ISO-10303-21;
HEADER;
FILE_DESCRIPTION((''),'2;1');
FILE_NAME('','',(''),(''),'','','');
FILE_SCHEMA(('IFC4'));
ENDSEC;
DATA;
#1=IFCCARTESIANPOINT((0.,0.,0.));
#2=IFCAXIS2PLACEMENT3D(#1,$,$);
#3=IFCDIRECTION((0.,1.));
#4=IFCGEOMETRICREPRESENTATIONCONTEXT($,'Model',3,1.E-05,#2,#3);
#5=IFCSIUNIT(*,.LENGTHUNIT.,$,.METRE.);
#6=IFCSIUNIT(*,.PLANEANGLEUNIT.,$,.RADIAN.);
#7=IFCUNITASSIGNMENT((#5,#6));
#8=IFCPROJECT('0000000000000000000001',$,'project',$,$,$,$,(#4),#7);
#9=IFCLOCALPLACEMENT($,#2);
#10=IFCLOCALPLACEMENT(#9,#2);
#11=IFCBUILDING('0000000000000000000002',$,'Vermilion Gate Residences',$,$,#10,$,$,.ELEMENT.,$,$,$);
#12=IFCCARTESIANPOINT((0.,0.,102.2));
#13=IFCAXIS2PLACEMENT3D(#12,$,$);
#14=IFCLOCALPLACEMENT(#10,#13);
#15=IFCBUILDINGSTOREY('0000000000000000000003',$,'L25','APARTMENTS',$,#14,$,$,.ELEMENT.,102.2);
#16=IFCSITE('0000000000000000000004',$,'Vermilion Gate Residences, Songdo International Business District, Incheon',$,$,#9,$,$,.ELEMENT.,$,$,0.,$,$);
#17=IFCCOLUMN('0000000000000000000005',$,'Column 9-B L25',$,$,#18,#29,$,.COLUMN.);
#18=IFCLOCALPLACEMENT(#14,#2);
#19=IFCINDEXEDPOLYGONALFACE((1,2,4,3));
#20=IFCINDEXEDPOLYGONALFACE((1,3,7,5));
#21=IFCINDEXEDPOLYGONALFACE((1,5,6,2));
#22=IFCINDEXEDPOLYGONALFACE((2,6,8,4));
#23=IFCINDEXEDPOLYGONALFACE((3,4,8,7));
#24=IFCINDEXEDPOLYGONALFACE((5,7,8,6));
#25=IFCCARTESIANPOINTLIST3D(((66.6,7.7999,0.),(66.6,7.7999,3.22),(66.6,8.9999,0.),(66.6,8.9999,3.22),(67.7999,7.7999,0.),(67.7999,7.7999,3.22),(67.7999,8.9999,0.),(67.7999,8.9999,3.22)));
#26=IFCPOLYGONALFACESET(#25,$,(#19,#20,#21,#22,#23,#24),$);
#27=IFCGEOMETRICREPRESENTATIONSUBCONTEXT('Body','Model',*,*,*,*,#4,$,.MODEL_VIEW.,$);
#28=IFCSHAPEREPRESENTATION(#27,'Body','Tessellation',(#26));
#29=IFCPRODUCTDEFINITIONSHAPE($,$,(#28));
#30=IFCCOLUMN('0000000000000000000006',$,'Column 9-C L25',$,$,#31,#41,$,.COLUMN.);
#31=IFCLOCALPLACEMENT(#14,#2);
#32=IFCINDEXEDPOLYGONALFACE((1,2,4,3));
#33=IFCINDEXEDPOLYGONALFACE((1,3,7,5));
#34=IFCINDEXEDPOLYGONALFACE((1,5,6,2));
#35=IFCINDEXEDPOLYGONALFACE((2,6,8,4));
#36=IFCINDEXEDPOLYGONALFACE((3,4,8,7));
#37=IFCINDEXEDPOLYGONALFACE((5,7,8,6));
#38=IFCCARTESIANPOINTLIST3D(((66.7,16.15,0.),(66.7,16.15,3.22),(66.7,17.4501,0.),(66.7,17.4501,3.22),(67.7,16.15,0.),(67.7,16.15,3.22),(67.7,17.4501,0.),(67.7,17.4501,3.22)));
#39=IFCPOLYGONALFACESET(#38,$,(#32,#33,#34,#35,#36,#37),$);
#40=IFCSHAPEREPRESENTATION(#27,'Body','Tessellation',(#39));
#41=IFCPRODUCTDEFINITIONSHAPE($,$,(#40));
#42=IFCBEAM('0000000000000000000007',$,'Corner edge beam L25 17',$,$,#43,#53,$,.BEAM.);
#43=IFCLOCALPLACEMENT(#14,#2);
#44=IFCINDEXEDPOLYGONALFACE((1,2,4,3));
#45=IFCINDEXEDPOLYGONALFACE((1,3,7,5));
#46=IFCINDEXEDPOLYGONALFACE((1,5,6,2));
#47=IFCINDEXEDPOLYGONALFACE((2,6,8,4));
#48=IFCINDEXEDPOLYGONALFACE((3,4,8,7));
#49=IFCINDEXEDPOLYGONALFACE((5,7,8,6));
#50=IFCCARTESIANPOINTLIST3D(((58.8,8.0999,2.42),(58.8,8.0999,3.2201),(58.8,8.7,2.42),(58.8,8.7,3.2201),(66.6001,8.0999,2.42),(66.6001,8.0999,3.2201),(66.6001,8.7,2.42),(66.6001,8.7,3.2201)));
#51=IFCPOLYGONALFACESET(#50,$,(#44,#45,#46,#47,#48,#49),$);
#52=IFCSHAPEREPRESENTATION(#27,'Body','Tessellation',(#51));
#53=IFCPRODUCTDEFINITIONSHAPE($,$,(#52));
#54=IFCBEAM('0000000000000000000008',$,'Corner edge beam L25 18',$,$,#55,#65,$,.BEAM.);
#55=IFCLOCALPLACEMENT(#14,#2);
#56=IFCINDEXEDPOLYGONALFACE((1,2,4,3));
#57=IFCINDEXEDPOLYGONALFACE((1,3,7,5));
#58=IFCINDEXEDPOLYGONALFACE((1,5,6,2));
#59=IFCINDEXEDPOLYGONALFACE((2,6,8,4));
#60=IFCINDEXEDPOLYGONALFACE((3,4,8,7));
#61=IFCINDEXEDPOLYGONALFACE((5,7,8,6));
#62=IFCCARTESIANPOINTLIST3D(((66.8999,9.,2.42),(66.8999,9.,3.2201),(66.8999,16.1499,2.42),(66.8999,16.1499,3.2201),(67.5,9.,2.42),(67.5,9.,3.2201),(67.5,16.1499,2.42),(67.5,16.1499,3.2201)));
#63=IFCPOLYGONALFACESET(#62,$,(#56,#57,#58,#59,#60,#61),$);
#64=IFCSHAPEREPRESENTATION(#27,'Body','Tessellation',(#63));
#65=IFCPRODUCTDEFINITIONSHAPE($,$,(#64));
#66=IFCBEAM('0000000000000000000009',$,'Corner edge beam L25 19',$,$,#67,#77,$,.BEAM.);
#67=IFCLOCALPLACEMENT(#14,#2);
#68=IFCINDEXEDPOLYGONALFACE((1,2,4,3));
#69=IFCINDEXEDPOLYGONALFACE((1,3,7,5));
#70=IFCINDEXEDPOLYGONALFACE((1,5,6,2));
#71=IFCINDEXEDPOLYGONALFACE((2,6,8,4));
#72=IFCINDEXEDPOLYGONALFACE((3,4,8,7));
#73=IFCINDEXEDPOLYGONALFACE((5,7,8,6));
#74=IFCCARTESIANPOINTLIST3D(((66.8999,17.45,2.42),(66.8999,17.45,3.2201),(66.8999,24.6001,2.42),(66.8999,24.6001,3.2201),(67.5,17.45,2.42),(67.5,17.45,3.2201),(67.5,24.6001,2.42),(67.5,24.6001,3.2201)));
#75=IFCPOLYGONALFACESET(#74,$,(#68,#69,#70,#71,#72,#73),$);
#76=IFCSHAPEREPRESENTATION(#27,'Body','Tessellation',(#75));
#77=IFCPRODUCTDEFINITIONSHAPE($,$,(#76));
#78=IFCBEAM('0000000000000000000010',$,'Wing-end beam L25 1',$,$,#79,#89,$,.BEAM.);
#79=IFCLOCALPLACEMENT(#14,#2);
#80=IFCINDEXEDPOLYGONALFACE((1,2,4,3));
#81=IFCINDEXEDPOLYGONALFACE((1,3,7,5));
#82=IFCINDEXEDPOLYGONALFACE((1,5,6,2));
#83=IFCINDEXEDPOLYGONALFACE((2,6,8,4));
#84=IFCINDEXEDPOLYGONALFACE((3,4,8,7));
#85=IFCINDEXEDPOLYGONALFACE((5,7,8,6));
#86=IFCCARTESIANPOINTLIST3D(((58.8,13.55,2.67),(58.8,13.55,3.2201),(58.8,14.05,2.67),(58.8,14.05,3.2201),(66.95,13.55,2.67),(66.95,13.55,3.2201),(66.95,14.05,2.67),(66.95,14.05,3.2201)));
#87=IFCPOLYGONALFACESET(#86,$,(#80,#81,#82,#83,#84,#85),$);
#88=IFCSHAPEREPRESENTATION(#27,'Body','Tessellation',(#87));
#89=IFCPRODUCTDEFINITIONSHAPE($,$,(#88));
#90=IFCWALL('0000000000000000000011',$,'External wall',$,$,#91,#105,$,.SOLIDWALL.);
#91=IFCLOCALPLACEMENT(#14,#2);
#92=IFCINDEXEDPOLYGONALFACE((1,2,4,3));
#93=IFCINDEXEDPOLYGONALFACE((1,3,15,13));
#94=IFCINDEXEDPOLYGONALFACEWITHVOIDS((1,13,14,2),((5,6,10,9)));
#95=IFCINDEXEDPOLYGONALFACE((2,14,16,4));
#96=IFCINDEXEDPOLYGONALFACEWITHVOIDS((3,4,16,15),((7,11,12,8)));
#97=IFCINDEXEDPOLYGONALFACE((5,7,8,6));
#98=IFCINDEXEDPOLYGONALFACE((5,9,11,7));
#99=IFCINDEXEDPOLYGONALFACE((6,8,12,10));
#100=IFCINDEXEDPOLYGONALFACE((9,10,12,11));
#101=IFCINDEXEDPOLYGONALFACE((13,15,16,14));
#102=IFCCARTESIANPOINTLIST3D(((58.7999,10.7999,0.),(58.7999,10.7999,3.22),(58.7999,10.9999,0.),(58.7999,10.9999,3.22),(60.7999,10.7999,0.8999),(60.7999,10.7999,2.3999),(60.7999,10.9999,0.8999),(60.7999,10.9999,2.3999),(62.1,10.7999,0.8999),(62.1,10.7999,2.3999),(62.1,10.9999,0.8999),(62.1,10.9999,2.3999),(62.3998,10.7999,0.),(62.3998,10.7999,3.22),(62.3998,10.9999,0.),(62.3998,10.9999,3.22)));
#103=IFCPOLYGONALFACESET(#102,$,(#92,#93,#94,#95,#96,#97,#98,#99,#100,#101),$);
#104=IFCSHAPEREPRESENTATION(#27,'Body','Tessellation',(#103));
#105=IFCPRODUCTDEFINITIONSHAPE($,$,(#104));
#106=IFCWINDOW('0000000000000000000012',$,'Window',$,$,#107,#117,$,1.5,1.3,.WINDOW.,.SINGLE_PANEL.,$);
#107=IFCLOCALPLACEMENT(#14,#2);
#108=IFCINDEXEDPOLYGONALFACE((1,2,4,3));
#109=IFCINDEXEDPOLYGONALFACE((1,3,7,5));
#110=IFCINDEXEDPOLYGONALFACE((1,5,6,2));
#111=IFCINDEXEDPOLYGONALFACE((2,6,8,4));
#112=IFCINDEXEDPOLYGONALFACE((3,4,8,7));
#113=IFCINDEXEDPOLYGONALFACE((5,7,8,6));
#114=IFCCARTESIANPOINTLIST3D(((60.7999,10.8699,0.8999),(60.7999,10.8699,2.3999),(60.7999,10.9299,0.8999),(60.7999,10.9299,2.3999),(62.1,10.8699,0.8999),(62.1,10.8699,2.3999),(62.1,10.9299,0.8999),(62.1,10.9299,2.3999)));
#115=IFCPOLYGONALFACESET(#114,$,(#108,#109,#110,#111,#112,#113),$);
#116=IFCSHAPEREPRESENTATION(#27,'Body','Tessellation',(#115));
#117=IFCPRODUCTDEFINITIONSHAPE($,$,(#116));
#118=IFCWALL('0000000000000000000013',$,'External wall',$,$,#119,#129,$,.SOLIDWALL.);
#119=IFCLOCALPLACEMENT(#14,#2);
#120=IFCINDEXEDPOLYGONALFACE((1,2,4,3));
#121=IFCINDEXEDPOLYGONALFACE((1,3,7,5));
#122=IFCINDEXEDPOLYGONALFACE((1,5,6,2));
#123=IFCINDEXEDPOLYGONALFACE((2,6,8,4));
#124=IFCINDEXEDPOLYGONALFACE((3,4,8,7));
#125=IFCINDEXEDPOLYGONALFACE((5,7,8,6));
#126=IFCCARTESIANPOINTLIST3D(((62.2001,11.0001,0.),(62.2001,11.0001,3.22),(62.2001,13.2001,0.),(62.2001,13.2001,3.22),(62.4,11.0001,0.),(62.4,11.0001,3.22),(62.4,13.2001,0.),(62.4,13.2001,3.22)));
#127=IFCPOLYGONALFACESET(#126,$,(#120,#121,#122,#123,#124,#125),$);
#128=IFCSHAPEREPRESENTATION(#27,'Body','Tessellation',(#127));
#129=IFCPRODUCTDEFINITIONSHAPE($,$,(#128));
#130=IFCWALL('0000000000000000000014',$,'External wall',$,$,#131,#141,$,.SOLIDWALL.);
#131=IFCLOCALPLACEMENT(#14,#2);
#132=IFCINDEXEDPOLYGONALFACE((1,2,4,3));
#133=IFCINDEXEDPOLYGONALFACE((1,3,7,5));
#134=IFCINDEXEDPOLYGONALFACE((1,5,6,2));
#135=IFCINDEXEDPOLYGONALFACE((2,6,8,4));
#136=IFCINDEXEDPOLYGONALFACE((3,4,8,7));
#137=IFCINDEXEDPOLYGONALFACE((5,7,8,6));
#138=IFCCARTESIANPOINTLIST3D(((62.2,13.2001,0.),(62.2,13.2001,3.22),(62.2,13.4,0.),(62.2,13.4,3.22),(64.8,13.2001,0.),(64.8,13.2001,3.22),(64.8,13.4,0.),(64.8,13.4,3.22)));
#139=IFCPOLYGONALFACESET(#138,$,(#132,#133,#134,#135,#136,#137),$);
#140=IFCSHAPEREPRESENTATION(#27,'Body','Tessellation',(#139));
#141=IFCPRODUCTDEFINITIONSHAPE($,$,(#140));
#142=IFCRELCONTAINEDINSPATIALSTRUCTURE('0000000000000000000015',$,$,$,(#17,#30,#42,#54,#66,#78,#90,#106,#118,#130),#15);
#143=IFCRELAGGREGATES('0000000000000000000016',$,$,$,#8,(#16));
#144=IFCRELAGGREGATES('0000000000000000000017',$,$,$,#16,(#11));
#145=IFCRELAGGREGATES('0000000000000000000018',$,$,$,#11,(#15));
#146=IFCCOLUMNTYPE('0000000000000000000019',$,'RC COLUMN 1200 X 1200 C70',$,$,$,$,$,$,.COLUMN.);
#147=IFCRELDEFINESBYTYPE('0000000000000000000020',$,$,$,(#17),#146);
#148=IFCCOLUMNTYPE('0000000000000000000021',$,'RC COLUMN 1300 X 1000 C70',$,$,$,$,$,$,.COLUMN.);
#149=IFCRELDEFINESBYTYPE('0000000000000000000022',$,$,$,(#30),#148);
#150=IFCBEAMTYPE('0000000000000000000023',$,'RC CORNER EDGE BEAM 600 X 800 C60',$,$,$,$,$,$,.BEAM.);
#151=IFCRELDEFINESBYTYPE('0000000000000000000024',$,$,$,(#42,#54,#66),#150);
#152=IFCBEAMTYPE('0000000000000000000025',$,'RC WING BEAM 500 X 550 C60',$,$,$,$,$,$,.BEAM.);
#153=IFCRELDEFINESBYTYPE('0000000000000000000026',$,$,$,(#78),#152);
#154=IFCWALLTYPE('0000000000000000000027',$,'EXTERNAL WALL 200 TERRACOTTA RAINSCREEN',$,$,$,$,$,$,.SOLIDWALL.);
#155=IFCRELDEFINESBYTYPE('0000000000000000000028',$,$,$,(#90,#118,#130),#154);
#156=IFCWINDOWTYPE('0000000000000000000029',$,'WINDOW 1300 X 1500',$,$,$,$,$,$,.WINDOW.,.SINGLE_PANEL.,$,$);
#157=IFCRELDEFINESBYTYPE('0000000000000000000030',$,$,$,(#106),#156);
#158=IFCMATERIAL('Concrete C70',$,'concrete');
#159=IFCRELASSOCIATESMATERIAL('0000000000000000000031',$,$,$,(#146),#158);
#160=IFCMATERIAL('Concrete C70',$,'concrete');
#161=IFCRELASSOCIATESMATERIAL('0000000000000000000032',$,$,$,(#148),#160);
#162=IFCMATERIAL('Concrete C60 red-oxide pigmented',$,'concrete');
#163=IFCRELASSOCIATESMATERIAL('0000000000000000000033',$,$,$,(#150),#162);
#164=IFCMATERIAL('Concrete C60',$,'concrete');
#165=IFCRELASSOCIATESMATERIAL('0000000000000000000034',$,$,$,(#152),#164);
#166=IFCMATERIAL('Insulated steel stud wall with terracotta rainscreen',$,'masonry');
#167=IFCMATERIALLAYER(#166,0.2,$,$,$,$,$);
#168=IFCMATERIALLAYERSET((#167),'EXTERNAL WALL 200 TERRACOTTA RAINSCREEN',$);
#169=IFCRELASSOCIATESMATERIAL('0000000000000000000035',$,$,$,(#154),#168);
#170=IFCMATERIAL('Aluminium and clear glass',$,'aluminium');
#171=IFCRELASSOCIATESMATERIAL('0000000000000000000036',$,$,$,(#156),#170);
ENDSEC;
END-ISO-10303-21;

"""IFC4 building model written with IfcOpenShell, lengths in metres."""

from ifc_helpers import new_model, si_unit, direction, frame, frame_2d, origin, origin_2d, place, context, subcontext, project, spatial, rectangle, extrude, material, layer, layer_set, material_profile, profile_set, type_object, element, fill, save


model = new_model("IFC4")

# Units and contexts
model_context = context("Model", 3, precision=1e-05, world=origin(), true_north=direction((0.0, 1.0)))
body_context = subcontext(model_context, "Body", "Model", "MODEL_VIEW")
ifc_project = project(units=[si_unit("LENGTHUNIT", "METRE"), si_unit("PLANEANGLEUNIT", "RADIAN")], contexts=[model_context])

# Site, building, storey
site_placement = place(None, origin())
site = spatial("IfcSite", under=ifc_project, at=site_placement, Name="Vermilion Gate Residences, Songdo International Business District, Incheon", CompositionType="ELEMENT", RefElevation=0.0)
building_placement = place(site_placement, origin())
building = spatial("IfcBuilding", under=site, at=building_placement, Name="Vermilion Gate Residences", CompositionType="ELEMENT")
storey_placement = place(building_placement, frame((0.0, 0.0, 102.2)))
storey = spatial("IfcBuildingStorey", under=building, at=storey_placement, Name="L25", Description="APARTMENTS", CompositionType="ELEMENT", Elevation=102.2)

# Columns
ifc_material_1 = material(Name="Concrete C70", Category="concrete")
ifc_material_profile_1 = material_profile(ifc_material_1, rectangle(XDim=1.2, YDim=1.2, at=origin_2d()), Name="RC-1200x1200")
ifc_profile_set_1 = profile_set([ifc_material_profile_1], Name="Concrete C70")
column_type_1 = type_object("IfcColumnType", Name="RC COLUMN 1200 X 1200 C70", PredefinedType="COLUMN", material=ifc_profile_set_1)
column_1_placement = place(storey_placement, frame((67.2, 8.3999, 0.0), z_axis=(0.0, 0.0, 1.0), x_axis=(1.0, 0.0, 0.0)))
element("IfcColumn", 1, at=column_1_placement, inside=storey, type_object=column_type_1, Name="Column 9-B L25", PredefinedType="COLUMN", context=body_context, shape_type="SweptSolid", body=[
    extrude(rectangle(XDim=1.2, YDim=1.2, at=origin_2d()), origin(), (0.0, 0.0, 1.0), 3.22),
])
ifc_material_2 = material(Name="Concrete C70", Category="concrete")
ifc_material_profile_2 = material_profile(ifc_material_2, rectangle(XDim=1.3, YDim=1.0, at=origin_2d()), Name="RC-1300x1000")
ifc_profile_set_2 = profile_set([ifc_material_profile_2], Name="Concrete C70")
column_type_2 = type_object("IfcColumnType", Name="RC COLUMN 1300 X 1000 C70", PredefinedType="COLUMN", material=ifc_profile_set_2)
column_2_placement = place(storey_placement, frame((67.2, 16.8, 0.0), z_axis=(0.0, 0.0, 1.0), x_axis=(0.0, 1.0, 0.0)))
element("IfcColumn", 2, at=column_2_placement, inside=storey, type_object=column_type_2, Name="Column 9-C L25", PredefinedType="COLUMN", context=body_context, shape_type="SweptSolid", body=[
    extrude(rectangle(XDim=1.3, YDim=1.0, at=origin_2d()), origin(), (0.0, 0.0, 1.0), 3.22),
])

# Beams
ifc_material_3 = material(Name="Concrete C60 red-oxide pigmented", Category="concrete")
ifc_material_profile_3 = material_profile(ifc_material_3, rectangle(XDim=0.6001, YDim=0.8, at=origin_2d()), Name="RC-600x800")
ifc_profile_set_3 = profile_set([ifc_material_profile_3], Name="Concrete C60 red-oxide pigmented")
beam_type_1 = type_object("IfcBeamType", Name="RC CORNER EDGE BEAM 600 X 800 C60", PredefinedType="BEAM", material=ifc_profile_set_3)
beam_1_placement = place(storey_placement, frame((58.8, 8.3999, 2.8201), z_axis=(1.0, 0.0, 0.0), x_axis=(0.0, 1.0, 0.0)))
element("IfcBeam", 3, at=beam_1_placement, inside=storey, type_object=beam_type_1, Name="Corner edge beam L25 17", PredefinedType="BEAM", context=body_context, shape_type="SweptSolid", body=[
    extrude(rectangle(XDim=0.6001, YDim=0.8, at=origin_2d()), origin(), (0.0, 0.0, 1.0), 7.8),
])
beam_2_placement = place(storey_placement, frame((67.2, 9.0, 2.8201), z_axis=(0.0, 1.0, 0.0), x_axis=(-1.0, 0.0, 0.0)))
element("IfcBeam", 4, at=beam_2_placement, inside=storey, type_object=beam_type_1, Name="Corner edge beam L25 18", PredefinedType="BEAM", context=body_context, shape_type="SweptSolid", body=[
    extrude(rectangle(XDim=0.6001, YDim=0.8, at=origin_2d()), origin(), (0.0, 0.0, 1.0), 7.1499),
])
beam_3_placement = place(storey_placement, frame((67.2, 17.45, 2.8201), z_axis=(0.0, 1.0, 0.0), x_axis=(-1.0, 0.0, 0.0)))
element("IfcBeam", 5, at=beam_3_placement, inside=storey, type_object=beam_type_1, Name="Corner edge beam L25 19", PredefinedType="BEAM", context=body_context, shape_type="SweptSolid", body=[
    extrude(rectangle(XDim=0.6001, YDim=0.8, at=origin_2d()), origin(), (0.0, 0.0, 1.0), 7.1501),
])
ifc_material_4 = material(Name="Concrete C60", Category="concrete")
ifc_material_profile_4 = material_profile(ifc_material_4, rectangle(XDim=0.5, YDim=0.55, at=origin_2d()), Name="RC-500x550")
ifc_profile_set_4 = profile_set([ifc_material_profile_4], Name="Concrete C60")
beam_type_2 = type_object("IfcBeamType", Name="RC WING BEAM 500 X 550 C60", PredefinedType="BEAM", material=ifc_profile_set_4)
beam_4_placement = place(storey_placement, frame((58.8, 13.8, 2.9451), z_axis=(1.0, 0.0, 0.0), x_axis=(0.0, 1.0, 0.0)))
element("IfcBeam", 6, at=beam_4_placement, inside=storey, type_object=beam_type_2, Name="Wing-end beam L25 1", PredefinedType="BEAM", context=body_context, shape_type="SweptSolid", body=[
    extrude(rectangle(XDim=0.5, YDim=0.55, at=origin_2d()), origin(), (0.0, 0.0, 1.0), 8.1499),
])

# Wall, opening, window
ifc_material_5 = material(Name="Insulated steel stud wall with terracotta rainscreen", Category="masonry")
ifc_layer_1 = layer(ifc_material_5, 0.2)
ifc_layer_set_1 = layer_set([ifc_layer_1], Name="EXTERNAL WALL 200 TERRACOTTA RAINSCREEN")
wall_type_1 = type_object("IfcWallType", Name="EXTERNAL WALL 200 TERRACOTTA RAINSCREEN", PredefinedType="SOLIDWALL", material=ifc_layer_set_1)
wall_1_placement = place(storey_placement, frame((58.8, 10.8999, 0.0), z_axis=(0.0, 0.0, 1.0), x_axis=(1.0, 0.0, 0.0)))
wall_1 = element("IfcWall", 7, at=wall_1_placement, inside=storey, type_object=wall_type_1, Name="External wall", PredefinedType="SOLIDWALL", context=body_context, shape_type="SweptSolid", body=[
    extrude(rectangle(XDim=3.5999, YDim=0.2, at=frame_2d((1.7998, 0.0))), origin(), (0.0, 0.0, 1.0), 3.22),
])
opening_1_placement = place(wall_1_placement, frame((2.0, 0.0, 0.8999)))
opening_1 = element("IfcOpeningElement", 8, at=opening_1_placement, cuts=wall_1, PredefinedType="OPENING", context=body_context, shape_type="SweptSolid", body=[
    extrude(rectangle(XDim=1.3, YDim=1.5, at=frame_2d((0.6499, 0.75))), frame((0.0, 0.1099, 0.0), z_axis=(0.0, -1.0, 0.0), x_axis=(1.0, 0.0, 0.0)), (0.0, 0.0, 1.0), 0.22),
])
ifc_material_6 = material(Name="Aluminium and clear glass", Category="aluminium")
window_type_1 = type_object("IfcWindowType", Name="WINDOW 1300 X 1500", PartitioningType="SINGLE_PANEL", PredefinedType="WINDOW", material=ifc_material_6)
window_1_placement = place(opening_1_placement, origin())
window_1 = element("IfcWindow", 9, at=window_1_placement, inside=storey, type_object=window_type_1, Name="Window", OverallHeight=1.5, OverallWidth=1.3, PartitioningType="SINGLE_PANEL", PredefinedType="WINDOW", context=body_context, shape_type="SweptSolid", body=[
    extrude(rectangle(XDim=1.3, YDim=1.5, at=frame_2d((0.6499, 0.75))), frame((0.0, 0.03, 0.0), z_axis=(0.0, -1.0, 0.0), x_axis=(1.0, 0.0, 0.0)), (0.0, 0.0, 1.0), 0.0601),
])
fill(opening_1, window_1)

# Walls
wall_2_placement = place(storey_placement, frame((62.3, 11.0, 0.0), z_axis=(0.0, 0.0, 1.0), x_axis=(0.0, 1.0, 0.0)))
element("IfcWall", 10, at=wall_2_placement, inside=storey, type_object=wall_type_1, Name="External wall", PredefinedType="SOLIDWALL", context=body_context, shape_type="SweptSolid", body=[
    extrude(rectangle(XDim=2.2, YDim=0.2, at=frame_2d((1.1001, 0.0))), origin(), (0.0, 0.0, 1.0), 3.22),
])
wall_3_placement = place(storey_placement, frame((62.2, 13.3, 0.0), z_axis=(0.0, 0.0, 1.0), x_axis=(1.0, 0.0, 0.0)))
element("IfcWall", 11, at=wall_3_placement, inside=storey, type_object=wall_type_1, Name="External wall", PredefinedType="SOLIDWALL", context=body_context, shape_type="SweptSolid", body=[
    extrude(rectangle(XDim=2.6001, YDim=0.2, at=frame_2d((1.3, 0.0))), origin(), (0.0, 0.0, 1.0), 3.22),
])

save(model, "model.ifc")
